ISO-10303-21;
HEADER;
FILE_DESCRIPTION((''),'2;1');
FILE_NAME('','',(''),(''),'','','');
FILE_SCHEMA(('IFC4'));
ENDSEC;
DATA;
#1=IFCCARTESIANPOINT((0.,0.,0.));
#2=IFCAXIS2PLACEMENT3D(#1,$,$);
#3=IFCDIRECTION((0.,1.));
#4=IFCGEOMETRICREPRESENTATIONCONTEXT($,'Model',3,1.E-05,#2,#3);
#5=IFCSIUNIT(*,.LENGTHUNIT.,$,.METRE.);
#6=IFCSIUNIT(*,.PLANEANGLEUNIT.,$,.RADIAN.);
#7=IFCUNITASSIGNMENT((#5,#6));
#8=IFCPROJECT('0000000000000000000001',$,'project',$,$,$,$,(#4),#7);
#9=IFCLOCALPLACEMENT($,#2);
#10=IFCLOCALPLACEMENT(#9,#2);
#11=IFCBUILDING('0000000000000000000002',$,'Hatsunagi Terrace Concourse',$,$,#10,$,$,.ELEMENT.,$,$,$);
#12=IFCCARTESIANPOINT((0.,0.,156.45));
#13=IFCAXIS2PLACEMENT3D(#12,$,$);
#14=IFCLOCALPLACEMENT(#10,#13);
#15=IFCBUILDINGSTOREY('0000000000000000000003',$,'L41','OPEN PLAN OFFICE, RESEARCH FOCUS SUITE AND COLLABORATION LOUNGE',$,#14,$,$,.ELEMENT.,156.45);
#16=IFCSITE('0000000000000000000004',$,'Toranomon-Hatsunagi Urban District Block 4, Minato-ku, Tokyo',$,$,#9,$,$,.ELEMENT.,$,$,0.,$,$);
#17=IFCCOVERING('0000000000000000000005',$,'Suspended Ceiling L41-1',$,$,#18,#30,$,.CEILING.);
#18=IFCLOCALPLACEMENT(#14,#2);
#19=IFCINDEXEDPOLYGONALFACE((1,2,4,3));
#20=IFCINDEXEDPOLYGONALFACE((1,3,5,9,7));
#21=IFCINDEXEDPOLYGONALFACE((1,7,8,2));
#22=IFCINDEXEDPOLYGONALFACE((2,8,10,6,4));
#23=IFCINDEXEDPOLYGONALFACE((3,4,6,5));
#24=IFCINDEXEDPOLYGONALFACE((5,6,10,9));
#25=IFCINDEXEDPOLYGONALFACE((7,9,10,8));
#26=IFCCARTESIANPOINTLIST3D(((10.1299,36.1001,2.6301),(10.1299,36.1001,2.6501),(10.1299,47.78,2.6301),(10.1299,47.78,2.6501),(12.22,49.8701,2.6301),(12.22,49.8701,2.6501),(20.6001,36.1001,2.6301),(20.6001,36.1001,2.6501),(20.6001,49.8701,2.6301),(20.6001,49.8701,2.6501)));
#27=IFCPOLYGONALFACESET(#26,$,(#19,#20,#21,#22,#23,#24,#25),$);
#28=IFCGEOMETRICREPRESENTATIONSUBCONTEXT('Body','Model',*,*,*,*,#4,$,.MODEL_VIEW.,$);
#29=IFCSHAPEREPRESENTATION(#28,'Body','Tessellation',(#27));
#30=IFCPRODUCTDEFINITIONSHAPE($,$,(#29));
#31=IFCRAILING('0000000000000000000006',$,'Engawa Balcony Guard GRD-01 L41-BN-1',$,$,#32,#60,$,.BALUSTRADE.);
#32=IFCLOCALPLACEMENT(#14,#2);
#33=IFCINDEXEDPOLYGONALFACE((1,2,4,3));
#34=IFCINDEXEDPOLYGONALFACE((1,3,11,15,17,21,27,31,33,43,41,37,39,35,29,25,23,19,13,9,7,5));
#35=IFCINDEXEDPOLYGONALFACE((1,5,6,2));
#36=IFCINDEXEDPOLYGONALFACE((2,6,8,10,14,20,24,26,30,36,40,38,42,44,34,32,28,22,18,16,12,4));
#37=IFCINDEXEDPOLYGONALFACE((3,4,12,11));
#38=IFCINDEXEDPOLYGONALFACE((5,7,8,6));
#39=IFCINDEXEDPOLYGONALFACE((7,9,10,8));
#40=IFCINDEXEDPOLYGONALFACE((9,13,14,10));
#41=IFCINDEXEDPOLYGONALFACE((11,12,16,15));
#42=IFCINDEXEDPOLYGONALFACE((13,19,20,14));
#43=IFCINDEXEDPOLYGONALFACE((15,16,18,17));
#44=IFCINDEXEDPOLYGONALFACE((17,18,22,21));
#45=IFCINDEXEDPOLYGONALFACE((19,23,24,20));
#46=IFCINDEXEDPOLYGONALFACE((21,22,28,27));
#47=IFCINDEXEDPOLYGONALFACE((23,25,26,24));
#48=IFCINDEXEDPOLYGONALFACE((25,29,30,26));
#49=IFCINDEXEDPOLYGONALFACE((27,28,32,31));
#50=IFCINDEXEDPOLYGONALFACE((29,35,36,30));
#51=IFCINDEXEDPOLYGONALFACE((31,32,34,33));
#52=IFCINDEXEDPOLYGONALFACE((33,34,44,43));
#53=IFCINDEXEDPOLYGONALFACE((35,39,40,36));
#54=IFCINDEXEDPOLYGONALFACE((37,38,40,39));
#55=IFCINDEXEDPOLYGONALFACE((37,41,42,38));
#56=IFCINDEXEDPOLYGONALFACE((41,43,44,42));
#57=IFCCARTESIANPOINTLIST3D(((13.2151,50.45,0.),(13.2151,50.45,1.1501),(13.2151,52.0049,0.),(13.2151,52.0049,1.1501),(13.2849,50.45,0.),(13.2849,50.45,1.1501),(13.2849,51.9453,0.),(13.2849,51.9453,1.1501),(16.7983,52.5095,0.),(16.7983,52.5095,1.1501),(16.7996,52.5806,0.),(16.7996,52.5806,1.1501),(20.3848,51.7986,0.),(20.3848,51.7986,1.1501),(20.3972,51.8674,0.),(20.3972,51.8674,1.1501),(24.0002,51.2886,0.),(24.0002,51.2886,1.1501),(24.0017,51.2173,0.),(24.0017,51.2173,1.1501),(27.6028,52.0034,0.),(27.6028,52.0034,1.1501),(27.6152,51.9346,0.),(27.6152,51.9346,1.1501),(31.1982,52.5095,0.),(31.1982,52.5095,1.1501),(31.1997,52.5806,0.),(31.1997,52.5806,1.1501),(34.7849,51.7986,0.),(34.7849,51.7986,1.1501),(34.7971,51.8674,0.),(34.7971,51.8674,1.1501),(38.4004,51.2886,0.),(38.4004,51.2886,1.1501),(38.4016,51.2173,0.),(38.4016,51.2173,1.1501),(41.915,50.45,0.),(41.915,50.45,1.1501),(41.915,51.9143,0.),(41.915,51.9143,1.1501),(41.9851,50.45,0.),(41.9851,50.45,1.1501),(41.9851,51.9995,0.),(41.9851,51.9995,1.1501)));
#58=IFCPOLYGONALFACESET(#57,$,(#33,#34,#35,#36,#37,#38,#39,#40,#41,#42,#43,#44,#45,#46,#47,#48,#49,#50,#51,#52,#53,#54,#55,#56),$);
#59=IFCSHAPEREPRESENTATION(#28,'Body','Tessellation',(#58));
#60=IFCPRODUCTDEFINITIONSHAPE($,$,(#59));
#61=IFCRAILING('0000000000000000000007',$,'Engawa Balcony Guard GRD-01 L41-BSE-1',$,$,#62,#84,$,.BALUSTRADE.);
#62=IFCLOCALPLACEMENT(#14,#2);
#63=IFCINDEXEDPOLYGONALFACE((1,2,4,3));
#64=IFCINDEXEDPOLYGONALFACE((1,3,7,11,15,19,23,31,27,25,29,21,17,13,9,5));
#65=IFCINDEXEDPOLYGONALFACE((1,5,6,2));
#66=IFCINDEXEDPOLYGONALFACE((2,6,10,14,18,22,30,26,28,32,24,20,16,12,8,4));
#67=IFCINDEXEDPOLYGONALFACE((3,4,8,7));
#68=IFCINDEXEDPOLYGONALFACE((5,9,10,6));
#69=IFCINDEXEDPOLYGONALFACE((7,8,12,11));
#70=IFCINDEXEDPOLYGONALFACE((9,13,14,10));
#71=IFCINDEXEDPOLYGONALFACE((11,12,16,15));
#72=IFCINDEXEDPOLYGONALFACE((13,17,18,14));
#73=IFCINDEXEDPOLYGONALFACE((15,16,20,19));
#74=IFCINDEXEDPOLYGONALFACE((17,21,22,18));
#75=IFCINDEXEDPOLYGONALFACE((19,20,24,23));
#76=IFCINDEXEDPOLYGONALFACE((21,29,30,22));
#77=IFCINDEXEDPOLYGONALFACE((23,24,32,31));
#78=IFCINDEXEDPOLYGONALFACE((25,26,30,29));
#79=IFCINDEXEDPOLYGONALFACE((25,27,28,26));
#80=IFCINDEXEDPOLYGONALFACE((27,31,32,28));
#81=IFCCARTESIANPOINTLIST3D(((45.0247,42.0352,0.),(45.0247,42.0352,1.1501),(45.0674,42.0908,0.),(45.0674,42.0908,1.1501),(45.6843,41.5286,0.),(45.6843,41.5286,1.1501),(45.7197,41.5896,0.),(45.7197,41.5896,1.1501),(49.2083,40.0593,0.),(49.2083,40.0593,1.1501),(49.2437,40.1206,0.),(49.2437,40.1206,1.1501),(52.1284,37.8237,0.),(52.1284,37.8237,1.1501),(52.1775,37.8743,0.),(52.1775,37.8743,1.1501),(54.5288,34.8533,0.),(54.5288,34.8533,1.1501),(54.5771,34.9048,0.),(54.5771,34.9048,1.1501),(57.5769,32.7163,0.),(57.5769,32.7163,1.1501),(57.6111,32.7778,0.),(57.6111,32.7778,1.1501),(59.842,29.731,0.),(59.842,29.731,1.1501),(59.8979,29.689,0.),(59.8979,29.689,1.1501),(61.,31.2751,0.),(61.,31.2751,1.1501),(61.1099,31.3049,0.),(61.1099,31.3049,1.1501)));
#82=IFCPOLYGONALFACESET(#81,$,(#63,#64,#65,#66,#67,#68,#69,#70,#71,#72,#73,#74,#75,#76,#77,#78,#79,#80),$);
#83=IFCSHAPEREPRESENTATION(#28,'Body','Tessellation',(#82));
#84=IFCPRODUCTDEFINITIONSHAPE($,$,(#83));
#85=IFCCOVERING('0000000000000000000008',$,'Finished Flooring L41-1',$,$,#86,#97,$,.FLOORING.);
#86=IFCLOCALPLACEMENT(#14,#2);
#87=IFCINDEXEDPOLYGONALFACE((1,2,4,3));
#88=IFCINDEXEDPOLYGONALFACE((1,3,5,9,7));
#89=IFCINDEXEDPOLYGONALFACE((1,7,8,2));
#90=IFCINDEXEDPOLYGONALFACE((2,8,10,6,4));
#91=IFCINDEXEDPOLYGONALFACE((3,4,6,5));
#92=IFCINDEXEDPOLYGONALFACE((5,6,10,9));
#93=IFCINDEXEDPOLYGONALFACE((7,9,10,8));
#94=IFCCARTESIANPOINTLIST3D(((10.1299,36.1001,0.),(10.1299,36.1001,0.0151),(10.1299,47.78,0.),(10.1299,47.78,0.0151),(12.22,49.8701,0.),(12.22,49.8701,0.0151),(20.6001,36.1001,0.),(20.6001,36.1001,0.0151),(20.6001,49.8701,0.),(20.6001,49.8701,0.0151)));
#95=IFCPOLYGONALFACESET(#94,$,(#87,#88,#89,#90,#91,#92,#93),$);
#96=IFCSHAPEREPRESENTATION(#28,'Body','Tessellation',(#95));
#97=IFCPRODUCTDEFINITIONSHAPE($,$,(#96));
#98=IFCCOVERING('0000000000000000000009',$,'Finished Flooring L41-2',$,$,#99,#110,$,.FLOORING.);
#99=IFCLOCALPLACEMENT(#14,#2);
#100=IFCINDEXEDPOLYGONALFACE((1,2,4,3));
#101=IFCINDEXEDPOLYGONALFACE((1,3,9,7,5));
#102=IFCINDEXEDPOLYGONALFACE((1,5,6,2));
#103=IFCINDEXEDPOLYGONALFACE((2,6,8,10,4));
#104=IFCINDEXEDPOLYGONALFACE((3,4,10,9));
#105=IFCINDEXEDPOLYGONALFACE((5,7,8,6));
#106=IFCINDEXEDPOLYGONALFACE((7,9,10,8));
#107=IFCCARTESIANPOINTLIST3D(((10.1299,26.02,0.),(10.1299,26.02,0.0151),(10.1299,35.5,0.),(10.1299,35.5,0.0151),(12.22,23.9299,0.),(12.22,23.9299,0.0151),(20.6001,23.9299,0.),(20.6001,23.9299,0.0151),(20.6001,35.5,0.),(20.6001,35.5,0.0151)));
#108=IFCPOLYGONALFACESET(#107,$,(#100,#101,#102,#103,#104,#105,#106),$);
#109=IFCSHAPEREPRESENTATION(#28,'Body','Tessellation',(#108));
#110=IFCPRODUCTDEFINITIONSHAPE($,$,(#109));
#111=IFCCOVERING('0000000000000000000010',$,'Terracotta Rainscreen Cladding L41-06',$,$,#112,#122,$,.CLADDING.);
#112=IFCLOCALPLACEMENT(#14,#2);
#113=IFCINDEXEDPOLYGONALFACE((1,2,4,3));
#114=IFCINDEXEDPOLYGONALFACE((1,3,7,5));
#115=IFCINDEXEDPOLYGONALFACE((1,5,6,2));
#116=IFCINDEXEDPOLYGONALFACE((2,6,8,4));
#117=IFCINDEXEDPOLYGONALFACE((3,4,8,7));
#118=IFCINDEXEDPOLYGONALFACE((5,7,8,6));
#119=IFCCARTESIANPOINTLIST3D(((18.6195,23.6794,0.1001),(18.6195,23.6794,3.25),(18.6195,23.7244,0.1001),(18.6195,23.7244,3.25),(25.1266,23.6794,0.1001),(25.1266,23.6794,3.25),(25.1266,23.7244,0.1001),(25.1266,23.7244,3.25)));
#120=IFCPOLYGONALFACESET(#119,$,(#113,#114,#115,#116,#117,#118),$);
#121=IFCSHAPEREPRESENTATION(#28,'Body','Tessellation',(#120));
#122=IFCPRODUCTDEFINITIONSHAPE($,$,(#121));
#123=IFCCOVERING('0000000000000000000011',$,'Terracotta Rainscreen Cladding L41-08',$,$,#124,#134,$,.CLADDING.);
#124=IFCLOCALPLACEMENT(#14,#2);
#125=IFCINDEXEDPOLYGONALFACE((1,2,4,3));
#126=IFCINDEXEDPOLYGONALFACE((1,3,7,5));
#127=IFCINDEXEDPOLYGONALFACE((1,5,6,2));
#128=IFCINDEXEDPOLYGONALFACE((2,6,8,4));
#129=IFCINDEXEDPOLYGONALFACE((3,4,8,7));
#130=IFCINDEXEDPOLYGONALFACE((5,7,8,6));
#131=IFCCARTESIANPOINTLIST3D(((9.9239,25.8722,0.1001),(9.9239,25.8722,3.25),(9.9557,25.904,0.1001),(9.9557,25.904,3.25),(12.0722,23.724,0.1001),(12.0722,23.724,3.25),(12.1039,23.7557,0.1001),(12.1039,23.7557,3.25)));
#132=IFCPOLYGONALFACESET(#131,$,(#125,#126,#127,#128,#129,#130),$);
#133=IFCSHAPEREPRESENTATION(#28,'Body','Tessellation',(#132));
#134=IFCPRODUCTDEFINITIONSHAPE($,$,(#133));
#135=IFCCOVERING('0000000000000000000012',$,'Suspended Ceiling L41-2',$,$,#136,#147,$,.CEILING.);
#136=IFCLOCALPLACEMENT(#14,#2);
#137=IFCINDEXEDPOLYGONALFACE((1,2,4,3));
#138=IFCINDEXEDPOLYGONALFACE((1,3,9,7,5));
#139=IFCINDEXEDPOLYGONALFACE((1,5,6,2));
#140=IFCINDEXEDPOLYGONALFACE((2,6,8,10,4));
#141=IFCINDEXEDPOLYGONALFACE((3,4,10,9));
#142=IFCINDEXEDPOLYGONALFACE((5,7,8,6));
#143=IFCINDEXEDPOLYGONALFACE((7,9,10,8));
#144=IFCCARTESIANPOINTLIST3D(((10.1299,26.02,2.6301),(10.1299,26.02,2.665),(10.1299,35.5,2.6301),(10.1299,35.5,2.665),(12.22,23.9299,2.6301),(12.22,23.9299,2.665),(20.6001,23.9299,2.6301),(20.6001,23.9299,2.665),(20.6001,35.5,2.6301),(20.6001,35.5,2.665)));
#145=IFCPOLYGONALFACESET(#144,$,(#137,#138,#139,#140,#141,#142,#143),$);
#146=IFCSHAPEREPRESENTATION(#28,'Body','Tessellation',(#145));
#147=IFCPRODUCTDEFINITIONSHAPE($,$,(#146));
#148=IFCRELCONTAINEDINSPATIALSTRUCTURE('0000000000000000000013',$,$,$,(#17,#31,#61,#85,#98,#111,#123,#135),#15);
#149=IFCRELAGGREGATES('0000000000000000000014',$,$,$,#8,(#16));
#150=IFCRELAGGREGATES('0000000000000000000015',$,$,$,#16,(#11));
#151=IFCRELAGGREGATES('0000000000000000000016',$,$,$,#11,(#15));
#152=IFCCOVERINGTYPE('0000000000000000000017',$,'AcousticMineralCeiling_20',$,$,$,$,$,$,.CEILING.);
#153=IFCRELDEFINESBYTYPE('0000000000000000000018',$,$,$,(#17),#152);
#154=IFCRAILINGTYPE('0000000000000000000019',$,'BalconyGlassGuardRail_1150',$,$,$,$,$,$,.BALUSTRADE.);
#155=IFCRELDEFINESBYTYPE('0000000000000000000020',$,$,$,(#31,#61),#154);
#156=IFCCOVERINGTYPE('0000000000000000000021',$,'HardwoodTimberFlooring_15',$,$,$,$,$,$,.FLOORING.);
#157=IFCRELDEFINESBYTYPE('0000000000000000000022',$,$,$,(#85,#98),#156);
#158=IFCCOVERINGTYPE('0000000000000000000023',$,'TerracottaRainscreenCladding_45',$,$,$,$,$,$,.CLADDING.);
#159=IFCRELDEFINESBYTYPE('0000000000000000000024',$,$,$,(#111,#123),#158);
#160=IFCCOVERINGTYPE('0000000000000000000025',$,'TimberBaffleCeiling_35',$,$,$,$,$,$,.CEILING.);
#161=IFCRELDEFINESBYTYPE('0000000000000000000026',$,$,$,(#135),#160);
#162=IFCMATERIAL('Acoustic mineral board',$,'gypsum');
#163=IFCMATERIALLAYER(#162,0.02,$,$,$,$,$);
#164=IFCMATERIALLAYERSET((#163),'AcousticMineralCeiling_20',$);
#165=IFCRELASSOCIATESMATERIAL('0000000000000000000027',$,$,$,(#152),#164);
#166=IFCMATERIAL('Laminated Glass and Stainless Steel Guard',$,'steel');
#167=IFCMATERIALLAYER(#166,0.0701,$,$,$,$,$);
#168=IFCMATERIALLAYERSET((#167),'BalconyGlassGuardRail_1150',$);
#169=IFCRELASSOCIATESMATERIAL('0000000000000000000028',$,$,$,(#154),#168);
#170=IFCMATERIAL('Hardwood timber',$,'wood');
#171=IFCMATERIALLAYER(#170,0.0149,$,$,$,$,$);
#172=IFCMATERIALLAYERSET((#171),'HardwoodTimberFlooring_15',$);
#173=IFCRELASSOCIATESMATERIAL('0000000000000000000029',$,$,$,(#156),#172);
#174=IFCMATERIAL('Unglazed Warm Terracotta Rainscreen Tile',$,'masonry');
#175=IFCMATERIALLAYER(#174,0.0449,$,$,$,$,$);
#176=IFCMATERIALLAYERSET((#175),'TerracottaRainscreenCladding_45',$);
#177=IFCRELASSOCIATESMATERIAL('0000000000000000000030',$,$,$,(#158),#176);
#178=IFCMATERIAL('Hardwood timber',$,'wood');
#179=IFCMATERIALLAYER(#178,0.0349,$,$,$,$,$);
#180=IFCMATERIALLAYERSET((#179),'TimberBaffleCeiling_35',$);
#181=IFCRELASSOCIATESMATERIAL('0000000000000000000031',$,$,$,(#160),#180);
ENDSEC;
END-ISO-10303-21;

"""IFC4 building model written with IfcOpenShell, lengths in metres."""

from ifc_helpers import new_model, si_unit, direction, frame, origin, origin_2d, place, context, subcontext, project, spatial, polyline, rectangle, outline, extrude, material, layer, layer_set, type_object, element, save


model = new_model("IFC4")

# Units and contexts
model_context = context("Model", 3, precision=1e-05, world=origin(), true_north=direction((0.0, 1.0)))
body_context = subcontext(model_context, "Body", "Model", "MODEL_VIEW")
ifc_project = project(units=[si_unit("LENGTHUNIT", "METRE"), si_unit("PLANEANGLEUNIT", "RADIAN")], contexts=[model_context])

# Site, building, storey
site_placement = place(None, origin())
site = spatial("IfcSite", under=ifc_project, at=site_placement, Name="Toranomon-Hatsunagi Urban District Block 4, Minato-ku, Tokyo", CompositionType="ELEMENT", RefElevation=0.0)
building_placement = place(site_placement, origin())
building = spatial("IfcBuilding", under=site, at=building_placement, Name="Hatsunagi Terrace Concourse", CompositionType="ELEMENT")
storey_placement = place(building_placement, frame((0.0, 0.0, 156.45)))
storey = spatial("IfcBuildingStorey", under=building, at=storey_placement, Name="L41", Description="OPEN PLAN OFFICE, RESEARCH FOCUS SUITE AND COLLABORATION LOUNGE", CompositionType="ELEMENT", Elevation=156.45)

# Covering
ifc_material_1 = material(Name="Acoustic mineral board", Category="gypsum")
ifc_layer_1 = layer(ifc_material_1, 0.02)
ifc_layer_set_1 = layer_set([ifc_layer_1], Name="AcousticMineralCeiling_20")
covering_type_1 = type_object("IfcCoveringType", Name="AcousticMineralCeiling_20", PredefinedType="CEILING", material=ifc_layer_set_1)
covering_1_placement = place(storey_placement, frame((0.0, 0.0, 2.6301)))
element("IfcCovering", 1, at=covering_1_placement, inside=storey, type_object=covering_type_1, Name="Suspended Ceiling L41-1", PredefinedType="CEILING", context=body_context, shape_type="SweptSolid", body=[
    extrude(outline(polyline([(10.1299, 47.78), (10.1299, 36.1001), (20.6001, 36.1001), (20.6001, 49.8701), (12.22, 49.8701), (10.1299, 47.78)])), origin(), (0.0, 0.0, 1.0), 0.02),
])

# Railings
ifc_material_2 = material(Name="Laminated Glass and Stainless Steel Guard", Category="steel")
ifc_layer_2 = layer(ifc_material_2, 0.0701)
ifc_layer_set_2 = layer_set([ifc_layer_2], Name="BalconyGlassGuardRail_1150")
railing_type = type_object("IfcRailingType", Name="BalconyGlassGuardRail_1150", PredefinedType="BALUSTRADE", material=ifc_layer_set_2)
railing_1_placement = place(storey_placement, origin())
element("IfcRailing", 2, at=railing_1_placement, inside=storey, type_object=railing_type, Name="Engawa Balcony Guard GRD-01 L41-BN-1", PredefinedType="BALUSTRADE", context=body_context, shape_type="SweptSolid", body=[
    extrude(outline(polyline([(13.2151, 50.45), (13.2849, 50.45), (13.2849, 51.9453), (16.7983, 52.5095), (20.3848, 51.7986), (24.0017, 51.2173), (27.6152, 51.9346), (31.1982, 52.5095), (34.7849, 51.7986), (38.4016, 51.2173), (41.915, 51.9143), (41.915, 50.45), (41.9851, 50.45), (41.9851, 51.9995), (38.4004, 51.2886), (34.7971, 51.8674), (31.1997, 52.5806), (27.6028, 52.0034), (24.0002, 51.2886), (20.3972, 51.8674), (16.7996, 52.5806), (13.2151, 52.0049), (13.2151, 50.45)])), origin(), (0.0, 0.0, 1.0), 1.1501),
])
railing_2_placement = place(storey_placement, origin())
element("IfcRailing", 3, at=railing_2_placement, inside=storey, type_object=railing_type, Name="Engawa Balcony Guard GRD-01 L41-BSE-1", PredefinedType="BALUSTRADE", context=body_context, shape_type="SweptSolid", body=[
    extrude(outline(polyline([(45.0674, 42.0908), (45.0247, 42.0352), (45.6843, 41.5286), (49.2083, 40.0593), (52.1284, 37.8237), (54.5288, 34.8533), (57.5769, 32.7163), (61.0, 31.2751), (59.842, 29.731), (59.8979, 29.689), (61.1099, 31.3049), (57.6111, 32.7778), (54.5771, 34.9048), (52.1775, 37.8743), (49.2437, 40.1206), (45.7197, 41.5896), (45.0674, 42.0908)])), origin(), (0.0, 0.0, 1.0), 1.1501),
])

# Coverings
ifc_material_3 = material(Name="Hardwood timber", Category="wood")
ifc_layer_3 = layer(ifc_material_3, 0.0149)
ifc_layer_set_3 = layer_set([ifc_layer_3], Name="HardwoodTimberFlooring_15")
covering_type_2 = type_object("IfcCoveringType", Name="HardwoodTimberFlooring_15", PredefinedType="FLOORING", material=ifc_layer_set_3)
covering_2_placement = place(storey_placement, origin())
element("IfcCovering", 4, at=covering_2_placement, inside=storey, type_object=covering_type_2, Name="Finished Flooring L41-1", PredefinedType="FLOORING", context=body_context, shape_type="SweptSolid", body=[
    extrude(outline(polyline([(10.1299, 47.78), (10.1299, 36.1001), (20.6001, 36.1001), (20.6001, 49.8701), (12.22, 49.8701), (10.1299, 47.78)])), origin(), (0.0, 0.0, 1.0), 0.0151),
])
covering_3_placement = place(storey_placement, origin())
element("IfcCovering", 5, at=covering_3_placement, inside=storey, type_object=covering_type_2, Name="Finished Flooring L41-2", PredefinedType="FLOORING", context=body_context, shape_type="SweptSolid", body=[
    extrude(outline(polyline([(12.22, 23.9299), (20.6001, 23.9299), (20.6001, 35.5), (10.1299, 35.5), (10.1299, 26.02), (12.22, 23.9299)])), origin(), (0.0, 0.0, 1.0), 0.0151),
])
ifc_material_4 = material(Name="Unglazed Warm Terracotta Rainscreen Tile", Category="masonry")
ifc_layer_4 = layer(ifc_material_4, 0.0449)
ifc_layer_set_4 = layer_set([ifc_layer_4], Name="TerracottaRainscreenCladding_45")
covering_type_3 = type_object("IfcCoveringType", Name="TerracottaRainscreenCladding_45", PredefinedType="CLADDING", material=ifc_layer_set_4)
covering_4_placement = place(storey_placement, frame((21.873, 23.7019, 0.1001), z_axis=(0.0, 0.0, 1.0), x_axis=(-1.0, 0.0, 0.0)))
element("IfcCovering", 6, at=covering_4_placement, inside=storey, type_object=covering_type_3, Name="Terracotta Rainscreen Cladding L41-06", PredefinedType="CLADDING", context=body_context, shape_type="SweptSolid", body=[
    extrude(rectangle(XDim=6.5071, YDim=0.0449, at=origin_2d()), origin(), (0.0, 0.0, 1.0), 3.1499),
])
covering_5_placement = place(storey_placement, frame((11.0139, 24.814, 0.1001), z_axis=(0.0, 0.0, 1.0), x_axis=(-0.707107, 0.707107, 0.0)))
element("IfcCovering", 7, at=covering_5_placement, inside=storey, type_object=covering_type_3, Name="Terracotta Rainscreen Cladding L41-08", PredefinedType="CLADDING", context=body_context, shape_type="SweptSolid", body=[
    extrude(rectangle(XDim=3.0381, YDim=0.0449, at=origin_2d()), origin(), (0.0, 0.0, 1.0), 3.1499),
])
ifc_material_5 = material(Name="Hardwood timber", Category="wood")
ifc_layer_5 = layer(ifc_material_5, 0.0349)
ifc_layer_set_5 = layer_set([ifc_layer_5], Name="TimberBaffleCeiling_35")
covering_type_4 = type_object("IfcCoveringType", Name="TimberBaffleCeiling_35", PredefinedType="CEILING", material=ifc_layer_set_5)
covering_6_placement = place(storey_placement, frame((0.0, 0.0, 2.6301)))
element("IfcCovering", 8, at=covering_6_placement, inside=storey, type_object=covering_type_4, Name="Suspended Ceiling L41-2", PredefinedType="CEILING", context=body_context, shape_type="SweptSolid", body=[
    extrude(outline(polyline([(12.22, 23.9299), (20.6001, 23.9299), (20.6001, 35.5), (10.1299, 35.5), (10.1299, 26.02), (12.22, 23.9299)])), origin(), (0.0, 0.0, 1.0), 0.0349),
])

save(model, "model.ifc")
